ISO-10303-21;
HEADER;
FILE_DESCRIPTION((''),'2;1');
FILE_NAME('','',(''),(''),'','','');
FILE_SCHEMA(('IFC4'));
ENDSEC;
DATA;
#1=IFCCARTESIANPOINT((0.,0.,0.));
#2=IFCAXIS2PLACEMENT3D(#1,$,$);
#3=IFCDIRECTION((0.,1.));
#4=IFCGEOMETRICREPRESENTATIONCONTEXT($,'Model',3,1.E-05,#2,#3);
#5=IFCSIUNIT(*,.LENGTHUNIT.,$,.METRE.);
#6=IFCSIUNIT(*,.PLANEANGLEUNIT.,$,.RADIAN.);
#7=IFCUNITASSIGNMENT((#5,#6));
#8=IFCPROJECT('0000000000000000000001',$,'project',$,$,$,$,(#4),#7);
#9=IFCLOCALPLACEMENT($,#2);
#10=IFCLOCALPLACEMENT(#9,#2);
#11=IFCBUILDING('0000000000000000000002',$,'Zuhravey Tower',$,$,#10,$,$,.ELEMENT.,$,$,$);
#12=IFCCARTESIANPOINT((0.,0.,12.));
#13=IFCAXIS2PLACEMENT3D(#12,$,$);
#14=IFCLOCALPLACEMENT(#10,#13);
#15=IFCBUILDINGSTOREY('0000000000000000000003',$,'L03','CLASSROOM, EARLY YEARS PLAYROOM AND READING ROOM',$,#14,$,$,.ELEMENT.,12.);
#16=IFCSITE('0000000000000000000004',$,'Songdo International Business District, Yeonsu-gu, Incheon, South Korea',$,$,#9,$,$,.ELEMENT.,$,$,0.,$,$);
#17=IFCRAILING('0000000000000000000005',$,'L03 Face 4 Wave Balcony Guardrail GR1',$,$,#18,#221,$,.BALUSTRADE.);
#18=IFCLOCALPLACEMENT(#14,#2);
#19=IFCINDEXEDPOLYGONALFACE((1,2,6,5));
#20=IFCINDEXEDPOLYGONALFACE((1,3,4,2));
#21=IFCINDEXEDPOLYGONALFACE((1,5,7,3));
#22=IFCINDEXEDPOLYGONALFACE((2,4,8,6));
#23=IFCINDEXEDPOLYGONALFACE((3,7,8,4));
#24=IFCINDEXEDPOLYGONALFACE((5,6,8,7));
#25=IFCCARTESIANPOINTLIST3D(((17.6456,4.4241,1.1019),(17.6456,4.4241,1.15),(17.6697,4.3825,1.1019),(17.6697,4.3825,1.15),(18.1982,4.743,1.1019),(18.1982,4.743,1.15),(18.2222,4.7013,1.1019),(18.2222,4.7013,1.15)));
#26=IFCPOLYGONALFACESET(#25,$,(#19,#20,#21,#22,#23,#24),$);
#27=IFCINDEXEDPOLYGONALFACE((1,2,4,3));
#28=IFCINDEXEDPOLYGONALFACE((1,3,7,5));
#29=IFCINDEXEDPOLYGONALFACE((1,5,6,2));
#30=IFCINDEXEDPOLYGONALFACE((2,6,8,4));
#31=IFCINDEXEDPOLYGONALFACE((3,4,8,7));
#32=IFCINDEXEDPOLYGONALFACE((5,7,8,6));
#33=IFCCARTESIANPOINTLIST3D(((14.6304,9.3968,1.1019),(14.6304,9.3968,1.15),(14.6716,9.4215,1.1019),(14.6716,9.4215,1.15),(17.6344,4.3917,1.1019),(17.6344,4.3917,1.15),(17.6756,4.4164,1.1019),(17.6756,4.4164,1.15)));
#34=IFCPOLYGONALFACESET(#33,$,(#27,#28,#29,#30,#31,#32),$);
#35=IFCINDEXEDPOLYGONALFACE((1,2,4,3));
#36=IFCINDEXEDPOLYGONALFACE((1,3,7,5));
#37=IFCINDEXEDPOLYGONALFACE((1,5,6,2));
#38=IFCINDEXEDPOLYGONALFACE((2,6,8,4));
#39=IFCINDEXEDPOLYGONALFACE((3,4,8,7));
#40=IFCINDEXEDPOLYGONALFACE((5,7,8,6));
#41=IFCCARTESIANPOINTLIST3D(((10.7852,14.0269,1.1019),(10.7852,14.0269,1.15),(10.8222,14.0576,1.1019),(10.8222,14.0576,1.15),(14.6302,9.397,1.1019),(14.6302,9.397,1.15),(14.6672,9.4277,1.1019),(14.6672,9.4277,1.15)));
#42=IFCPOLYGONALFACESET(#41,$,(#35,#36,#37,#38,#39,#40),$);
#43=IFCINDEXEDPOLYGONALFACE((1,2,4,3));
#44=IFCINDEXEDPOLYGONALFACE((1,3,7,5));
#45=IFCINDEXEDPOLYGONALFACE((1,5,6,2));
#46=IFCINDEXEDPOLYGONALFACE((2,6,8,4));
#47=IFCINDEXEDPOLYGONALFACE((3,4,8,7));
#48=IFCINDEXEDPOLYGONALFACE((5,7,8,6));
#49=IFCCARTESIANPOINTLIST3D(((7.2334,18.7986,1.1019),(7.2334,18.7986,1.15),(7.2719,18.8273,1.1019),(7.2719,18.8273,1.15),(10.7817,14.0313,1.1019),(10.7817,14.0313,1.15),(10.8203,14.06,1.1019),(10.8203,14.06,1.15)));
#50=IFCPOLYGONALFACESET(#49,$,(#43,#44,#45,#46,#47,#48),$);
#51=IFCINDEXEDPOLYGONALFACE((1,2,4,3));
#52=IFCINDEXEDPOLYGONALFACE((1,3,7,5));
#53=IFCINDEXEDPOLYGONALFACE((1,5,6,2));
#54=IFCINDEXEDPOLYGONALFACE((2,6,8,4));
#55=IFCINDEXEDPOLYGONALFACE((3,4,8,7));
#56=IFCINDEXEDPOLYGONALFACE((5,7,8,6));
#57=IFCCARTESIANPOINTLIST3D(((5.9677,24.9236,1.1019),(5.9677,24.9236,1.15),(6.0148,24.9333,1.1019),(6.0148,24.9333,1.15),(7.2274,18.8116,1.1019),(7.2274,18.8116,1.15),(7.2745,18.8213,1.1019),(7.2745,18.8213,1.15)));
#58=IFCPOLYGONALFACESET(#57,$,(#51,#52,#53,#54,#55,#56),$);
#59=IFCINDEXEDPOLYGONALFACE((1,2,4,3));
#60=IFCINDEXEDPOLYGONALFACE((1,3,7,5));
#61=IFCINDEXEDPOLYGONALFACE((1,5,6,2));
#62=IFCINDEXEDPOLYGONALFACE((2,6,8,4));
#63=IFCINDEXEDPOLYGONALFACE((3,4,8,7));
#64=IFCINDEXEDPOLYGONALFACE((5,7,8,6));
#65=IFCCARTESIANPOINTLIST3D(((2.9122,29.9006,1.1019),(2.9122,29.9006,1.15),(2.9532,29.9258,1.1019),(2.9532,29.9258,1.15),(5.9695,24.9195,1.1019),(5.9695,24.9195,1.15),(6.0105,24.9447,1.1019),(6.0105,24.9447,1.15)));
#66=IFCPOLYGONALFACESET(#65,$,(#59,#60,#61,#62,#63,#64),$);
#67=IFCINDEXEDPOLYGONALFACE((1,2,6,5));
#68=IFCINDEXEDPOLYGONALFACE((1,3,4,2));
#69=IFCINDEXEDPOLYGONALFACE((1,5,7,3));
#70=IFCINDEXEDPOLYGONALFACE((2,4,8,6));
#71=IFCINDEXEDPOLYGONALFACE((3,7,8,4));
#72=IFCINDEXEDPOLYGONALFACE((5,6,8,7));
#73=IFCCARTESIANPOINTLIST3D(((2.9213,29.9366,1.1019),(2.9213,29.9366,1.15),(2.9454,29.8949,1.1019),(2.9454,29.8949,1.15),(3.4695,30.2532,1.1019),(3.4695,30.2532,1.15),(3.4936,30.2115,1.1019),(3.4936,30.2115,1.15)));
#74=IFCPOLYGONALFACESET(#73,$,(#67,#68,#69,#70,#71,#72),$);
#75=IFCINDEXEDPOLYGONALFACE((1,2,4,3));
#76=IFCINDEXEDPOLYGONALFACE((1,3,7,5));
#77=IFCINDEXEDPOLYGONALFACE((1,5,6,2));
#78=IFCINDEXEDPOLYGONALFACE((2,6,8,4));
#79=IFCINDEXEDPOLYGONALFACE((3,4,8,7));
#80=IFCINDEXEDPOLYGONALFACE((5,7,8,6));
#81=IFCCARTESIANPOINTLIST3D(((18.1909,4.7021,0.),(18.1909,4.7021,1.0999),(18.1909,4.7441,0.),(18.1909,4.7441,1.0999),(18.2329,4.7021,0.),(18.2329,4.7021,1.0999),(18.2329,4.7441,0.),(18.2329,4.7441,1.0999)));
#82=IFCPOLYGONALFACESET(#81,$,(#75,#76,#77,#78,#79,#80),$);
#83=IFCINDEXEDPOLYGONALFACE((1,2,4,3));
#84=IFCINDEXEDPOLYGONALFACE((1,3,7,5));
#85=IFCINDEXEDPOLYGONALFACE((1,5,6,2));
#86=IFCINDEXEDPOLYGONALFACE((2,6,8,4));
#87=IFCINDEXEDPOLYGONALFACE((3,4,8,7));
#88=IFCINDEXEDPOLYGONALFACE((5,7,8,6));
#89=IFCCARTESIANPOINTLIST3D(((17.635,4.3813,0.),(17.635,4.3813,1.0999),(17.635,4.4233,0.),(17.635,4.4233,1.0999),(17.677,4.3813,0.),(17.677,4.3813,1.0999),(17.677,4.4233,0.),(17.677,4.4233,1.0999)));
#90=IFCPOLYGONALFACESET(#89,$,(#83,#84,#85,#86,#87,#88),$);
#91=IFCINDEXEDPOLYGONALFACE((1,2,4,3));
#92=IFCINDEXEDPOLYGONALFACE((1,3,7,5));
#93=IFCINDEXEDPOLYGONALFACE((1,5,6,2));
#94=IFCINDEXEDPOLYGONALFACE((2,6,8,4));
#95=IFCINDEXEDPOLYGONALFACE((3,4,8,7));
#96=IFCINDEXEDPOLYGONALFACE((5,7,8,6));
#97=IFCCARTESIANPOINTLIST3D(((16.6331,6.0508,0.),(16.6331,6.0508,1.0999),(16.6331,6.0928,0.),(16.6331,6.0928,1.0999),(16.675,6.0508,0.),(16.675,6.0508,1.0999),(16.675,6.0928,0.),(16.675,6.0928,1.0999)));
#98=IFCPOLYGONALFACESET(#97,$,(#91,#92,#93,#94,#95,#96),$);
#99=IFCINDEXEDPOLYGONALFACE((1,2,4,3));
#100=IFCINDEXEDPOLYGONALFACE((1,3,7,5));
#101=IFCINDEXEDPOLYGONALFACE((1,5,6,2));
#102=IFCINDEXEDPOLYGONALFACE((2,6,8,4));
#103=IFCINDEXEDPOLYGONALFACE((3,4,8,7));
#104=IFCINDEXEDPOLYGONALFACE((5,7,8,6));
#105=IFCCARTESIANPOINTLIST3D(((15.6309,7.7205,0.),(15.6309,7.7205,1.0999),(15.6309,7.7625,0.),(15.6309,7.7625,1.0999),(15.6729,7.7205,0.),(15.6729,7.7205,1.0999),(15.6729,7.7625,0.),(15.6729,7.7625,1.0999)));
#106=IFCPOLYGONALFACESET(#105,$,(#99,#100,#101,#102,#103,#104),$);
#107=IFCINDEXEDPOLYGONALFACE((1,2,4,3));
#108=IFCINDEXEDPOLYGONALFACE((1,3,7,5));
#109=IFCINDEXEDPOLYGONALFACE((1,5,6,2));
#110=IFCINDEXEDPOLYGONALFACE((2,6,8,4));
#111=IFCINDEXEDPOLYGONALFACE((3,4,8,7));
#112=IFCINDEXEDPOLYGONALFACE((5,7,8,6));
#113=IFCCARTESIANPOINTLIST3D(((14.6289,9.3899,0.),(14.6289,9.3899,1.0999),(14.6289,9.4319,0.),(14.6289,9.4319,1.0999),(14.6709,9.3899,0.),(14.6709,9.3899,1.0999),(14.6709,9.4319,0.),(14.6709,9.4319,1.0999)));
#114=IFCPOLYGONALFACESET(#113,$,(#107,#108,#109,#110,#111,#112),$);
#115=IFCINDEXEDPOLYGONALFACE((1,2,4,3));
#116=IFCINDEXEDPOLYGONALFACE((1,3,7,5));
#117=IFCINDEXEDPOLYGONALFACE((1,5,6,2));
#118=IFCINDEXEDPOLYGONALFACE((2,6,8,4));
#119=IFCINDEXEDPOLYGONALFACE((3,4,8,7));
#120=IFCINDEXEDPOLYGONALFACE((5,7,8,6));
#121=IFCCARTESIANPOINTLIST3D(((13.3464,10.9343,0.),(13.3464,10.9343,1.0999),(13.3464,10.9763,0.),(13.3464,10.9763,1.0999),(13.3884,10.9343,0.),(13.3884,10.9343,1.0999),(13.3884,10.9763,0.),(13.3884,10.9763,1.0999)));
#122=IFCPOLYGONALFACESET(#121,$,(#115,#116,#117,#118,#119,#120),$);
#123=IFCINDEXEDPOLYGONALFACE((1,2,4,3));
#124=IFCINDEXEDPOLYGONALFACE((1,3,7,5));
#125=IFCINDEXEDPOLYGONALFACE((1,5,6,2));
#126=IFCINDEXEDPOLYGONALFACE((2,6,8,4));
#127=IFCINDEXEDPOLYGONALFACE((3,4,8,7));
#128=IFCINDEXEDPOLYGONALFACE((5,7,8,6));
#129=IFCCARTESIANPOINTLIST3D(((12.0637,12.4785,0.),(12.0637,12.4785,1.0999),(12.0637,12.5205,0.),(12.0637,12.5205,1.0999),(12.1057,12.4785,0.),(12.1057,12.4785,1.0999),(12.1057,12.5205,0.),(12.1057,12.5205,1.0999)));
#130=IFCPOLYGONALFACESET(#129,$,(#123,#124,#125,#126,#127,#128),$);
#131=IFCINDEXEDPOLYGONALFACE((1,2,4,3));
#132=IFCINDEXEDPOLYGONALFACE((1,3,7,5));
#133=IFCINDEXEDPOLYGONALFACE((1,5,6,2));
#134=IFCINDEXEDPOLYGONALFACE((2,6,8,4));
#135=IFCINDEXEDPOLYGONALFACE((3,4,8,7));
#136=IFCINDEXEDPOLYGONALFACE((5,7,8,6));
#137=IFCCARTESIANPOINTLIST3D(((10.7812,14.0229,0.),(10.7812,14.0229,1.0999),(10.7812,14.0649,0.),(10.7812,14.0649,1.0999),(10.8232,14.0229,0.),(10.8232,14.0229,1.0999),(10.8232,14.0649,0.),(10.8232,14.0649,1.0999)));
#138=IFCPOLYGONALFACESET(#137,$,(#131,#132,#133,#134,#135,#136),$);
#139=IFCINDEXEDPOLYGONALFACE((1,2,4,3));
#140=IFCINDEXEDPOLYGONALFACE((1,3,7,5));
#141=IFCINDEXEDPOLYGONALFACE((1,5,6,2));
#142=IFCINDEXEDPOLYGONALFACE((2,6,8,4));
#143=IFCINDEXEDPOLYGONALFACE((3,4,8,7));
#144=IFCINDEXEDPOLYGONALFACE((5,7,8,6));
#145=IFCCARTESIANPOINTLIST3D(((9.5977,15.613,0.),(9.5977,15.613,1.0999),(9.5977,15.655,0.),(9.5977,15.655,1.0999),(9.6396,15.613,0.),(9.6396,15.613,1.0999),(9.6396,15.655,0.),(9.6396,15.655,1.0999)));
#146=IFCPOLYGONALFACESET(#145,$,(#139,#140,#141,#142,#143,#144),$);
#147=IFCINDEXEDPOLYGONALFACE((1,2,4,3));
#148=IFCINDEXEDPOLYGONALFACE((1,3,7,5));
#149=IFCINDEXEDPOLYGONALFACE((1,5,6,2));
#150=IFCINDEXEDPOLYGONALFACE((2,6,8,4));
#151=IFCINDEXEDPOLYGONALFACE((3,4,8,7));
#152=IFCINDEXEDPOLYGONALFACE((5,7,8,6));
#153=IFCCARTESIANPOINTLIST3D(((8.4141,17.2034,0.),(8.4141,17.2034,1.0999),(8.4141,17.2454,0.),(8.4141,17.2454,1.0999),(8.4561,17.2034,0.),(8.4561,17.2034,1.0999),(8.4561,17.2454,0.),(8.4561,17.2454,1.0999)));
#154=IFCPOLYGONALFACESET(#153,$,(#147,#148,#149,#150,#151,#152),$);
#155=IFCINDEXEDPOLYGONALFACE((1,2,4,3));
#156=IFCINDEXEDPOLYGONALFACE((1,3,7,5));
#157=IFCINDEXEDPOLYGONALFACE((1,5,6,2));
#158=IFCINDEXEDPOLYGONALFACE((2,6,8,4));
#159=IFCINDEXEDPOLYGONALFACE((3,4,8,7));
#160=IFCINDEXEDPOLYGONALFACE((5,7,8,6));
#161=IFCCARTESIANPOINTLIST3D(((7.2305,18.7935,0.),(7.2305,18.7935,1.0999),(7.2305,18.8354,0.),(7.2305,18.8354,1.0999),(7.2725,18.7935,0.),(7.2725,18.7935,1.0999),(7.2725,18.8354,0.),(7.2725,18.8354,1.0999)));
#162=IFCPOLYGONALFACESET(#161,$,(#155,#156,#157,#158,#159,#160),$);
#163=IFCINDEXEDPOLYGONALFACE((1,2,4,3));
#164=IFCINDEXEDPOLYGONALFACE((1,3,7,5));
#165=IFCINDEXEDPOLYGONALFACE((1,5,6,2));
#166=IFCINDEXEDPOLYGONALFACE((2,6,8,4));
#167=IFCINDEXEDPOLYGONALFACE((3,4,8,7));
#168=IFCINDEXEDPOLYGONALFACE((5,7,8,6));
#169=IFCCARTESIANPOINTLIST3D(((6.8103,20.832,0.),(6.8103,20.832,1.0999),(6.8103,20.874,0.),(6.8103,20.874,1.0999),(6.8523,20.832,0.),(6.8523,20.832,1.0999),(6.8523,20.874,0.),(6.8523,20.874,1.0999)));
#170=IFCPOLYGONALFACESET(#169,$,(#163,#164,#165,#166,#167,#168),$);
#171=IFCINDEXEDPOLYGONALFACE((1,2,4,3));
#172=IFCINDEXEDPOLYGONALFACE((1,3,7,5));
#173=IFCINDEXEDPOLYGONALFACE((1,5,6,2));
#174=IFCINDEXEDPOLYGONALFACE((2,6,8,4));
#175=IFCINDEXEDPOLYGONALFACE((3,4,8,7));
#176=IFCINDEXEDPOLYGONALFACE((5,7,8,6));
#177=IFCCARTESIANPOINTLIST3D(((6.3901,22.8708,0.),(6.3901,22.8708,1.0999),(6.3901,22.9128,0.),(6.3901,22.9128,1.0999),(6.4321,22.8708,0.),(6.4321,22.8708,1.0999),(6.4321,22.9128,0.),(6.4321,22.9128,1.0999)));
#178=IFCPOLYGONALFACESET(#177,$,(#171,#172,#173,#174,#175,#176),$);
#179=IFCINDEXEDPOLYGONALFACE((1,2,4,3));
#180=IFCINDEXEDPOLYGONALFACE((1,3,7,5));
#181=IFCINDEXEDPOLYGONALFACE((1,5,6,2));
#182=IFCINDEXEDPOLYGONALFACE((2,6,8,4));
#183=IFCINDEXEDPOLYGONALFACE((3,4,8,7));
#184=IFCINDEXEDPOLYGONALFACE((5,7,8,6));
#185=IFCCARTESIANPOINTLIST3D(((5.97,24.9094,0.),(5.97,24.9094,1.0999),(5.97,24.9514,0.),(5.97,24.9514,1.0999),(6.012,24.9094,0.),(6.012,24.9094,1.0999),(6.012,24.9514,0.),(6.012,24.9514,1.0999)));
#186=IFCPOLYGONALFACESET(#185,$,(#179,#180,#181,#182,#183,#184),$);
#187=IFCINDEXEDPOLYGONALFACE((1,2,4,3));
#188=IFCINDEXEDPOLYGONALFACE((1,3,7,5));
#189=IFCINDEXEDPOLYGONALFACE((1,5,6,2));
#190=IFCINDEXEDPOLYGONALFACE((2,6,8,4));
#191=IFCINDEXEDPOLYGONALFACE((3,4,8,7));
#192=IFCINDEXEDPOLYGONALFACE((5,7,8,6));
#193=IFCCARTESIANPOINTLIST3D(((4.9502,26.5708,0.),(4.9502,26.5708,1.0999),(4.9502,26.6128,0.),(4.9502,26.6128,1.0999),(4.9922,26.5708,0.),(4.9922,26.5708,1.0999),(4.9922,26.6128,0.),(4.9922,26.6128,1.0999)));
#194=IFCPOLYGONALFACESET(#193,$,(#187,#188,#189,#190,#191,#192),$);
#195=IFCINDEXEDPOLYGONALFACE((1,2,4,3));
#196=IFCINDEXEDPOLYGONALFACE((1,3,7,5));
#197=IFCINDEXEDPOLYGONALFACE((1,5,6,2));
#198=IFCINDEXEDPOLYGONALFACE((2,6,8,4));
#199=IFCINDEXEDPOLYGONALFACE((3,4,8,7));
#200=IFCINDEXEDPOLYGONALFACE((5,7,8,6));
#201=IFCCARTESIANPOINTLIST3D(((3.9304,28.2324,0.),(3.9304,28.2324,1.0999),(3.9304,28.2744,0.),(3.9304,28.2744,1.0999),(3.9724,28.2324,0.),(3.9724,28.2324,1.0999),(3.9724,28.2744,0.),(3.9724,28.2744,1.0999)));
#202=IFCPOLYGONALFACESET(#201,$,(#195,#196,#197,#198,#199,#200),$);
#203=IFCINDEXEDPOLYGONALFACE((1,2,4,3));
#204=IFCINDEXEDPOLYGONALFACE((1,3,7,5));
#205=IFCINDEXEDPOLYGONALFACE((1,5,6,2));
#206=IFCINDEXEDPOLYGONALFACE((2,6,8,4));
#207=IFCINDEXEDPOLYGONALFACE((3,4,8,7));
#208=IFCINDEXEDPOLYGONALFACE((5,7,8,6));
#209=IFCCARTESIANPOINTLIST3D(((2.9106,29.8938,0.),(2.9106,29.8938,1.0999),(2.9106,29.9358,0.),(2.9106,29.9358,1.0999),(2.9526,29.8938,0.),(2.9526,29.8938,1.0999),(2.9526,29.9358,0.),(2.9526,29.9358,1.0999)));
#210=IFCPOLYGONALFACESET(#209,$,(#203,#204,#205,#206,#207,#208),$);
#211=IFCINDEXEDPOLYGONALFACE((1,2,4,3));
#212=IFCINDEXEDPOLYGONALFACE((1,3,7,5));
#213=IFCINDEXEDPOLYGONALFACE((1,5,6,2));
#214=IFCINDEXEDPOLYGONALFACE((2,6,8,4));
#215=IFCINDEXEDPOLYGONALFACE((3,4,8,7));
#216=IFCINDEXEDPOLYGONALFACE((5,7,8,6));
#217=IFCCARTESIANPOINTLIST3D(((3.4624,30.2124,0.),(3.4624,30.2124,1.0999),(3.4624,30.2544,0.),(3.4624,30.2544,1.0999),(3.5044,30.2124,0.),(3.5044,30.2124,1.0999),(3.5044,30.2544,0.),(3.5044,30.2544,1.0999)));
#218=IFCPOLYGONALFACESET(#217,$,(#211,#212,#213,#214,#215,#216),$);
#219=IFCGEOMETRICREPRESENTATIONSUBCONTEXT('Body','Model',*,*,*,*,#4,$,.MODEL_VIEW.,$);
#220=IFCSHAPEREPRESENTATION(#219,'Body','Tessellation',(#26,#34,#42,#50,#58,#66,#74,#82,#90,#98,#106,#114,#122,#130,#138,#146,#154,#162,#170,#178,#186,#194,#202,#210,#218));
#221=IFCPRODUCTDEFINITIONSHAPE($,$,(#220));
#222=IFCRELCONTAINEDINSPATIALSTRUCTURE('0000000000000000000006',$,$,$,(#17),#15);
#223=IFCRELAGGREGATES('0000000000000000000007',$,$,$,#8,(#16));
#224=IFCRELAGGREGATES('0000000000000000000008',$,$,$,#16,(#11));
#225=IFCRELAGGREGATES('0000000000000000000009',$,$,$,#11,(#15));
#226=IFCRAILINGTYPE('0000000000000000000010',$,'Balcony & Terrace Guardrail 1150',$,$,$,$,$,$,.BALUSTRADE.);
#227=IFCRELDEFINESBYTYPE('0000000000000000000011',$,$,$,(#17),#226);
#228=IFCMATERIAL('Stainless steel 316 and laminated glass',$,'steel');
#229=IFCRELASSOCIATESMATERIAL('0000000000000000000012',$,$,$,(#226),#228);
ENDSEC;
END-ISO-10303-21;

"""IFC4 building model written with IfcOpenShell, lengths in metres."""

from ifc_helpers import new_model, si_unit, direction, frame, origin, origin_2d, place, context, subcontext, project, spatial, rectangle, extrude, material, type_object, element, save


model = new_model("IFC4")

# Units and contexts
model_context = context("Model", 3, precision=1e-05, world=origin(), true_north=direction((0.0, 1.0)))
body_context = subcontext(model_context, "Body", "Model", "MODEL_VIEW")
ifc_project = project(units=[si_unit("LENGTHUNIT", "METRE"), si_unit("PLANEANGLEUNIT", "RADIAN")], contexts=[model_context])

# Site, building, storey
site_placement = place(None, origin())
site = spatial("IfcSite", under=ifc_project, at=site_placement, Name="Songdo International Business District, Yeonsu-gu, Incheon, South Korea", CompositionType="ELEMENT", RefElevation=0.0)
building_placement = place(site_placement, origin())
building = spatial("IfcBuilding", under=site, at=building_placement, Name="Zuhravey Tower", CompositionType="ELEMENT")
storey_placement = place(building_placement, frame((0.0, 0.0, 12.0)))
storey = spatial("IfcBuildingStorey", under=building, at=storey_placement, Name="L03", Description="CLASSROOM, EARLY YEARS PLAYROOM AND READING ROOM", CompositionType="ELEMENT", Elevation=12.0)

# Railing
ifc_material_1 = material(Name="Stainless steel 316 and laminated glass", Category="steel")
railing_type = type_object("IfcRailingType", Name="Balcony & Terrace Guardrail 1150", PredefinedType="BALUSTRADE", material=ifc_material_1)
railing_placement = place(storey_placement, frame((18.2119, 4.7231, 0.0)))
element("IfcRailing", 1, at=railing_placement, inside=storey, type_object=railing_type, Name="L03 Face 4 Wave Balcony Guardrail GR1", PredefinedType="BALUSTRADE", context=body_context, shape_type="SweptSolid", body=[
    extrude(rectangle(XDim=0.0481, YDim=0.0481, at=origin_2d()), frame((-0.0017, -0.001, 1.126), z_axis=(-0.866129, -0.499821, 0.0), x_axis=(0.499821, -0.866129, 0.0)), (0.0, 0.0, 1.0), 0.6379),
    extrude(rectangle(XDim=0.0481, YDim=0.0481, at=origin_2d()), frame((-0.5569, -0.3191, 1.126), z_axis=(-0.514619, 0.857419, 0.0), x_axis=(-0.857419, -0.514619, 0.0)), (0.0, 0.0, 1.0), 5.8374),
    extrude(rectangle(XDim=0.0481, YDim=0.0481, at=origin_2d()), frame((-3.5632, 4.6892, 1.126), z_axis=(-0.638888, 0.7693, 0.0), x_axis=(-0.7693, -0.638888, 0.0)), (0.0, 0.0, 1.0), 6.0183),
    extrude(rectangle(XDim=0.0481, YDim=0.0481, at=origin_2d()), frame((-7.4109, 9.3225, 1.126), z_axis=(-0.59708, 0.802182, 0.0), x_axis=(-0.802182, -0.59708, 0.0)), (0.0, 0.0, 1.0), 5.9429),
    extrude(rectangle(XDim=0.0481, YDim=0.0481, at=origin_2d()), frame((-10.9609, 14.0933, 1.126), z_axis=(-0.201857, 0.979415, 0.0), x_axis=(-0.979415, -0.201857, 0.0)), (0.0, 0.0, 1.0), 6.2405),
    extrude(rectangle(XDim=0.0481, YDim=0.0481, at=origin_2d()), frame((-12.2219, 20.209, 1.126), z_axis=(-0.523107, 0.852267, 0.0), x_axis=(-0.852267, -0.523107, 0.0)), (0.0, 0.0, 1.0), 5.8445),
    extrude(rectangle(XDim=0.0481, YDim=0.0481, at=origin_2d()), frame((-15.2786, 25.1926, 1.126), z_axis=(0.865994, 0.500054, 0.0), x_axis=(-0.500054, 0.865994, 0.0)), (0.0, 0.0, 1.0), 0.6331),
    extrude(rectangle(XDim=0.042, YDim=0.042, at=origin_2d()), origin(), (0.0, 0.0, 1.0), 1.0999),
    extrude(rectangle(XDim=0.042, YDim=0.042, at=origin_2d()), frame((-0.5559, -0.3208, 0.0)), (0.0, 0.0, 1.0), 1.0999),
    extrude(rectangle(XDim=0.042, YDim=0.042, at=origin_2d()), frame((-1.5579, 1.3486, 0.0)), (0.0, 0.0, 1.0), 1.0999),
    extrude(rectangle(XDim=0.042, YDim=0.042, at=origin_2d()), frame((-2.5601, 3.0183, 0.0)), (0.0, 0.0, 1.0), 1.0999),
    extrude(rectangle(XDim=0.042, YDim=0.042, at=origin_2d()), frame((-3.562, 4.6877, 0.0)), (0.0, 0.0, 1.0), 1.0999),
    extrude(rectangle(XDim=0.042, YDim=0.042, at=origin_2d()), frame((-4.8445, 6.2322, 0.0)), (0.0, 0.0, 1.0), 1.0999),
    extrude(rectangle(XDim=0.042, YDim=0.042, at=origin_2d()), frame((-6.1272, 7.7764, 0.0)), (0.0, 0.0, 1.0), 1.0999),
    extrude(rectangle(XDim=0.042, YDim=0.042, at=origin_2d()), frame((-7.4097, 9.3208, 0.0)), (0.0, 0.0, 1.0), 1.0999),
    extrude(rectangle(XDim=0.042, YDim=0.042, at=origin_2d()), frame((-8.5933, 10.9109, 0.0)), (0.0, 0.0, 1.0), 1.0999),
    extrude(rectangle(XDim=0.042, YDim=0.042, at=origin_2d()), frame((-9.7769, 12.5012, 0.0)), (0.0, 0.0, 1.0), 1.0999),
    extrude(rectangle(XDim=0.042, YDim=0.042, at=origin_2d()), frame((-10.9604, 14.0913, 0.0)), (0.0, 0.0, 1.0), 1.0999),
    extrude(rectangle(XDim=0.042, YDim=0.042, at=origin_2d()), frame((-11.3806, 16.1299, 0.0)), (0.0, 0.0, 1.0), 1.0999),
    extrude(rectangle(XDim=0.042, YDim=0.042, at=origin_2d()), frame((-11.8008, 18.1687, 0.0)), (0.0, 0.0, 1.0), 1.0999),
    extrude(rectangle(XDim=0.042, YDim=0.042, at=origin_2d()), frame((-12.2209, 20.2073, 0.0)), (0.0, 0.0, 1.0), 1.0999),
    extrude(rectangle(XDim=0.042, YDim=0.042, at=origin_2d()), frame((-13.2407, 21.8687, 0.0)), (0.0, 0.0, 1.0), 1.0999),
    extrude(rectangle(XDim=0.042, YDim=0.042, at=origin_2d()), frame((-14.2605, 23.5303, 0.0)), (0.0, 0.0, 1.0), 1.0999),
    extrude(rectangle(XDim=0.042, YDim=0.042, at=origin_2d()), frame((-15.2803, 25.1917, 0.0)), (0.0, 0.0, 1.0), 1.0999),
    extrude(rectangle(XDim=0.042, YDim=0.042, at=origin_2d()), frame((-14.7285, 25.5103, 0.0)), (0.0, 0.0, 1.0), 1.0999),
])

save(model, "model.ifc")
